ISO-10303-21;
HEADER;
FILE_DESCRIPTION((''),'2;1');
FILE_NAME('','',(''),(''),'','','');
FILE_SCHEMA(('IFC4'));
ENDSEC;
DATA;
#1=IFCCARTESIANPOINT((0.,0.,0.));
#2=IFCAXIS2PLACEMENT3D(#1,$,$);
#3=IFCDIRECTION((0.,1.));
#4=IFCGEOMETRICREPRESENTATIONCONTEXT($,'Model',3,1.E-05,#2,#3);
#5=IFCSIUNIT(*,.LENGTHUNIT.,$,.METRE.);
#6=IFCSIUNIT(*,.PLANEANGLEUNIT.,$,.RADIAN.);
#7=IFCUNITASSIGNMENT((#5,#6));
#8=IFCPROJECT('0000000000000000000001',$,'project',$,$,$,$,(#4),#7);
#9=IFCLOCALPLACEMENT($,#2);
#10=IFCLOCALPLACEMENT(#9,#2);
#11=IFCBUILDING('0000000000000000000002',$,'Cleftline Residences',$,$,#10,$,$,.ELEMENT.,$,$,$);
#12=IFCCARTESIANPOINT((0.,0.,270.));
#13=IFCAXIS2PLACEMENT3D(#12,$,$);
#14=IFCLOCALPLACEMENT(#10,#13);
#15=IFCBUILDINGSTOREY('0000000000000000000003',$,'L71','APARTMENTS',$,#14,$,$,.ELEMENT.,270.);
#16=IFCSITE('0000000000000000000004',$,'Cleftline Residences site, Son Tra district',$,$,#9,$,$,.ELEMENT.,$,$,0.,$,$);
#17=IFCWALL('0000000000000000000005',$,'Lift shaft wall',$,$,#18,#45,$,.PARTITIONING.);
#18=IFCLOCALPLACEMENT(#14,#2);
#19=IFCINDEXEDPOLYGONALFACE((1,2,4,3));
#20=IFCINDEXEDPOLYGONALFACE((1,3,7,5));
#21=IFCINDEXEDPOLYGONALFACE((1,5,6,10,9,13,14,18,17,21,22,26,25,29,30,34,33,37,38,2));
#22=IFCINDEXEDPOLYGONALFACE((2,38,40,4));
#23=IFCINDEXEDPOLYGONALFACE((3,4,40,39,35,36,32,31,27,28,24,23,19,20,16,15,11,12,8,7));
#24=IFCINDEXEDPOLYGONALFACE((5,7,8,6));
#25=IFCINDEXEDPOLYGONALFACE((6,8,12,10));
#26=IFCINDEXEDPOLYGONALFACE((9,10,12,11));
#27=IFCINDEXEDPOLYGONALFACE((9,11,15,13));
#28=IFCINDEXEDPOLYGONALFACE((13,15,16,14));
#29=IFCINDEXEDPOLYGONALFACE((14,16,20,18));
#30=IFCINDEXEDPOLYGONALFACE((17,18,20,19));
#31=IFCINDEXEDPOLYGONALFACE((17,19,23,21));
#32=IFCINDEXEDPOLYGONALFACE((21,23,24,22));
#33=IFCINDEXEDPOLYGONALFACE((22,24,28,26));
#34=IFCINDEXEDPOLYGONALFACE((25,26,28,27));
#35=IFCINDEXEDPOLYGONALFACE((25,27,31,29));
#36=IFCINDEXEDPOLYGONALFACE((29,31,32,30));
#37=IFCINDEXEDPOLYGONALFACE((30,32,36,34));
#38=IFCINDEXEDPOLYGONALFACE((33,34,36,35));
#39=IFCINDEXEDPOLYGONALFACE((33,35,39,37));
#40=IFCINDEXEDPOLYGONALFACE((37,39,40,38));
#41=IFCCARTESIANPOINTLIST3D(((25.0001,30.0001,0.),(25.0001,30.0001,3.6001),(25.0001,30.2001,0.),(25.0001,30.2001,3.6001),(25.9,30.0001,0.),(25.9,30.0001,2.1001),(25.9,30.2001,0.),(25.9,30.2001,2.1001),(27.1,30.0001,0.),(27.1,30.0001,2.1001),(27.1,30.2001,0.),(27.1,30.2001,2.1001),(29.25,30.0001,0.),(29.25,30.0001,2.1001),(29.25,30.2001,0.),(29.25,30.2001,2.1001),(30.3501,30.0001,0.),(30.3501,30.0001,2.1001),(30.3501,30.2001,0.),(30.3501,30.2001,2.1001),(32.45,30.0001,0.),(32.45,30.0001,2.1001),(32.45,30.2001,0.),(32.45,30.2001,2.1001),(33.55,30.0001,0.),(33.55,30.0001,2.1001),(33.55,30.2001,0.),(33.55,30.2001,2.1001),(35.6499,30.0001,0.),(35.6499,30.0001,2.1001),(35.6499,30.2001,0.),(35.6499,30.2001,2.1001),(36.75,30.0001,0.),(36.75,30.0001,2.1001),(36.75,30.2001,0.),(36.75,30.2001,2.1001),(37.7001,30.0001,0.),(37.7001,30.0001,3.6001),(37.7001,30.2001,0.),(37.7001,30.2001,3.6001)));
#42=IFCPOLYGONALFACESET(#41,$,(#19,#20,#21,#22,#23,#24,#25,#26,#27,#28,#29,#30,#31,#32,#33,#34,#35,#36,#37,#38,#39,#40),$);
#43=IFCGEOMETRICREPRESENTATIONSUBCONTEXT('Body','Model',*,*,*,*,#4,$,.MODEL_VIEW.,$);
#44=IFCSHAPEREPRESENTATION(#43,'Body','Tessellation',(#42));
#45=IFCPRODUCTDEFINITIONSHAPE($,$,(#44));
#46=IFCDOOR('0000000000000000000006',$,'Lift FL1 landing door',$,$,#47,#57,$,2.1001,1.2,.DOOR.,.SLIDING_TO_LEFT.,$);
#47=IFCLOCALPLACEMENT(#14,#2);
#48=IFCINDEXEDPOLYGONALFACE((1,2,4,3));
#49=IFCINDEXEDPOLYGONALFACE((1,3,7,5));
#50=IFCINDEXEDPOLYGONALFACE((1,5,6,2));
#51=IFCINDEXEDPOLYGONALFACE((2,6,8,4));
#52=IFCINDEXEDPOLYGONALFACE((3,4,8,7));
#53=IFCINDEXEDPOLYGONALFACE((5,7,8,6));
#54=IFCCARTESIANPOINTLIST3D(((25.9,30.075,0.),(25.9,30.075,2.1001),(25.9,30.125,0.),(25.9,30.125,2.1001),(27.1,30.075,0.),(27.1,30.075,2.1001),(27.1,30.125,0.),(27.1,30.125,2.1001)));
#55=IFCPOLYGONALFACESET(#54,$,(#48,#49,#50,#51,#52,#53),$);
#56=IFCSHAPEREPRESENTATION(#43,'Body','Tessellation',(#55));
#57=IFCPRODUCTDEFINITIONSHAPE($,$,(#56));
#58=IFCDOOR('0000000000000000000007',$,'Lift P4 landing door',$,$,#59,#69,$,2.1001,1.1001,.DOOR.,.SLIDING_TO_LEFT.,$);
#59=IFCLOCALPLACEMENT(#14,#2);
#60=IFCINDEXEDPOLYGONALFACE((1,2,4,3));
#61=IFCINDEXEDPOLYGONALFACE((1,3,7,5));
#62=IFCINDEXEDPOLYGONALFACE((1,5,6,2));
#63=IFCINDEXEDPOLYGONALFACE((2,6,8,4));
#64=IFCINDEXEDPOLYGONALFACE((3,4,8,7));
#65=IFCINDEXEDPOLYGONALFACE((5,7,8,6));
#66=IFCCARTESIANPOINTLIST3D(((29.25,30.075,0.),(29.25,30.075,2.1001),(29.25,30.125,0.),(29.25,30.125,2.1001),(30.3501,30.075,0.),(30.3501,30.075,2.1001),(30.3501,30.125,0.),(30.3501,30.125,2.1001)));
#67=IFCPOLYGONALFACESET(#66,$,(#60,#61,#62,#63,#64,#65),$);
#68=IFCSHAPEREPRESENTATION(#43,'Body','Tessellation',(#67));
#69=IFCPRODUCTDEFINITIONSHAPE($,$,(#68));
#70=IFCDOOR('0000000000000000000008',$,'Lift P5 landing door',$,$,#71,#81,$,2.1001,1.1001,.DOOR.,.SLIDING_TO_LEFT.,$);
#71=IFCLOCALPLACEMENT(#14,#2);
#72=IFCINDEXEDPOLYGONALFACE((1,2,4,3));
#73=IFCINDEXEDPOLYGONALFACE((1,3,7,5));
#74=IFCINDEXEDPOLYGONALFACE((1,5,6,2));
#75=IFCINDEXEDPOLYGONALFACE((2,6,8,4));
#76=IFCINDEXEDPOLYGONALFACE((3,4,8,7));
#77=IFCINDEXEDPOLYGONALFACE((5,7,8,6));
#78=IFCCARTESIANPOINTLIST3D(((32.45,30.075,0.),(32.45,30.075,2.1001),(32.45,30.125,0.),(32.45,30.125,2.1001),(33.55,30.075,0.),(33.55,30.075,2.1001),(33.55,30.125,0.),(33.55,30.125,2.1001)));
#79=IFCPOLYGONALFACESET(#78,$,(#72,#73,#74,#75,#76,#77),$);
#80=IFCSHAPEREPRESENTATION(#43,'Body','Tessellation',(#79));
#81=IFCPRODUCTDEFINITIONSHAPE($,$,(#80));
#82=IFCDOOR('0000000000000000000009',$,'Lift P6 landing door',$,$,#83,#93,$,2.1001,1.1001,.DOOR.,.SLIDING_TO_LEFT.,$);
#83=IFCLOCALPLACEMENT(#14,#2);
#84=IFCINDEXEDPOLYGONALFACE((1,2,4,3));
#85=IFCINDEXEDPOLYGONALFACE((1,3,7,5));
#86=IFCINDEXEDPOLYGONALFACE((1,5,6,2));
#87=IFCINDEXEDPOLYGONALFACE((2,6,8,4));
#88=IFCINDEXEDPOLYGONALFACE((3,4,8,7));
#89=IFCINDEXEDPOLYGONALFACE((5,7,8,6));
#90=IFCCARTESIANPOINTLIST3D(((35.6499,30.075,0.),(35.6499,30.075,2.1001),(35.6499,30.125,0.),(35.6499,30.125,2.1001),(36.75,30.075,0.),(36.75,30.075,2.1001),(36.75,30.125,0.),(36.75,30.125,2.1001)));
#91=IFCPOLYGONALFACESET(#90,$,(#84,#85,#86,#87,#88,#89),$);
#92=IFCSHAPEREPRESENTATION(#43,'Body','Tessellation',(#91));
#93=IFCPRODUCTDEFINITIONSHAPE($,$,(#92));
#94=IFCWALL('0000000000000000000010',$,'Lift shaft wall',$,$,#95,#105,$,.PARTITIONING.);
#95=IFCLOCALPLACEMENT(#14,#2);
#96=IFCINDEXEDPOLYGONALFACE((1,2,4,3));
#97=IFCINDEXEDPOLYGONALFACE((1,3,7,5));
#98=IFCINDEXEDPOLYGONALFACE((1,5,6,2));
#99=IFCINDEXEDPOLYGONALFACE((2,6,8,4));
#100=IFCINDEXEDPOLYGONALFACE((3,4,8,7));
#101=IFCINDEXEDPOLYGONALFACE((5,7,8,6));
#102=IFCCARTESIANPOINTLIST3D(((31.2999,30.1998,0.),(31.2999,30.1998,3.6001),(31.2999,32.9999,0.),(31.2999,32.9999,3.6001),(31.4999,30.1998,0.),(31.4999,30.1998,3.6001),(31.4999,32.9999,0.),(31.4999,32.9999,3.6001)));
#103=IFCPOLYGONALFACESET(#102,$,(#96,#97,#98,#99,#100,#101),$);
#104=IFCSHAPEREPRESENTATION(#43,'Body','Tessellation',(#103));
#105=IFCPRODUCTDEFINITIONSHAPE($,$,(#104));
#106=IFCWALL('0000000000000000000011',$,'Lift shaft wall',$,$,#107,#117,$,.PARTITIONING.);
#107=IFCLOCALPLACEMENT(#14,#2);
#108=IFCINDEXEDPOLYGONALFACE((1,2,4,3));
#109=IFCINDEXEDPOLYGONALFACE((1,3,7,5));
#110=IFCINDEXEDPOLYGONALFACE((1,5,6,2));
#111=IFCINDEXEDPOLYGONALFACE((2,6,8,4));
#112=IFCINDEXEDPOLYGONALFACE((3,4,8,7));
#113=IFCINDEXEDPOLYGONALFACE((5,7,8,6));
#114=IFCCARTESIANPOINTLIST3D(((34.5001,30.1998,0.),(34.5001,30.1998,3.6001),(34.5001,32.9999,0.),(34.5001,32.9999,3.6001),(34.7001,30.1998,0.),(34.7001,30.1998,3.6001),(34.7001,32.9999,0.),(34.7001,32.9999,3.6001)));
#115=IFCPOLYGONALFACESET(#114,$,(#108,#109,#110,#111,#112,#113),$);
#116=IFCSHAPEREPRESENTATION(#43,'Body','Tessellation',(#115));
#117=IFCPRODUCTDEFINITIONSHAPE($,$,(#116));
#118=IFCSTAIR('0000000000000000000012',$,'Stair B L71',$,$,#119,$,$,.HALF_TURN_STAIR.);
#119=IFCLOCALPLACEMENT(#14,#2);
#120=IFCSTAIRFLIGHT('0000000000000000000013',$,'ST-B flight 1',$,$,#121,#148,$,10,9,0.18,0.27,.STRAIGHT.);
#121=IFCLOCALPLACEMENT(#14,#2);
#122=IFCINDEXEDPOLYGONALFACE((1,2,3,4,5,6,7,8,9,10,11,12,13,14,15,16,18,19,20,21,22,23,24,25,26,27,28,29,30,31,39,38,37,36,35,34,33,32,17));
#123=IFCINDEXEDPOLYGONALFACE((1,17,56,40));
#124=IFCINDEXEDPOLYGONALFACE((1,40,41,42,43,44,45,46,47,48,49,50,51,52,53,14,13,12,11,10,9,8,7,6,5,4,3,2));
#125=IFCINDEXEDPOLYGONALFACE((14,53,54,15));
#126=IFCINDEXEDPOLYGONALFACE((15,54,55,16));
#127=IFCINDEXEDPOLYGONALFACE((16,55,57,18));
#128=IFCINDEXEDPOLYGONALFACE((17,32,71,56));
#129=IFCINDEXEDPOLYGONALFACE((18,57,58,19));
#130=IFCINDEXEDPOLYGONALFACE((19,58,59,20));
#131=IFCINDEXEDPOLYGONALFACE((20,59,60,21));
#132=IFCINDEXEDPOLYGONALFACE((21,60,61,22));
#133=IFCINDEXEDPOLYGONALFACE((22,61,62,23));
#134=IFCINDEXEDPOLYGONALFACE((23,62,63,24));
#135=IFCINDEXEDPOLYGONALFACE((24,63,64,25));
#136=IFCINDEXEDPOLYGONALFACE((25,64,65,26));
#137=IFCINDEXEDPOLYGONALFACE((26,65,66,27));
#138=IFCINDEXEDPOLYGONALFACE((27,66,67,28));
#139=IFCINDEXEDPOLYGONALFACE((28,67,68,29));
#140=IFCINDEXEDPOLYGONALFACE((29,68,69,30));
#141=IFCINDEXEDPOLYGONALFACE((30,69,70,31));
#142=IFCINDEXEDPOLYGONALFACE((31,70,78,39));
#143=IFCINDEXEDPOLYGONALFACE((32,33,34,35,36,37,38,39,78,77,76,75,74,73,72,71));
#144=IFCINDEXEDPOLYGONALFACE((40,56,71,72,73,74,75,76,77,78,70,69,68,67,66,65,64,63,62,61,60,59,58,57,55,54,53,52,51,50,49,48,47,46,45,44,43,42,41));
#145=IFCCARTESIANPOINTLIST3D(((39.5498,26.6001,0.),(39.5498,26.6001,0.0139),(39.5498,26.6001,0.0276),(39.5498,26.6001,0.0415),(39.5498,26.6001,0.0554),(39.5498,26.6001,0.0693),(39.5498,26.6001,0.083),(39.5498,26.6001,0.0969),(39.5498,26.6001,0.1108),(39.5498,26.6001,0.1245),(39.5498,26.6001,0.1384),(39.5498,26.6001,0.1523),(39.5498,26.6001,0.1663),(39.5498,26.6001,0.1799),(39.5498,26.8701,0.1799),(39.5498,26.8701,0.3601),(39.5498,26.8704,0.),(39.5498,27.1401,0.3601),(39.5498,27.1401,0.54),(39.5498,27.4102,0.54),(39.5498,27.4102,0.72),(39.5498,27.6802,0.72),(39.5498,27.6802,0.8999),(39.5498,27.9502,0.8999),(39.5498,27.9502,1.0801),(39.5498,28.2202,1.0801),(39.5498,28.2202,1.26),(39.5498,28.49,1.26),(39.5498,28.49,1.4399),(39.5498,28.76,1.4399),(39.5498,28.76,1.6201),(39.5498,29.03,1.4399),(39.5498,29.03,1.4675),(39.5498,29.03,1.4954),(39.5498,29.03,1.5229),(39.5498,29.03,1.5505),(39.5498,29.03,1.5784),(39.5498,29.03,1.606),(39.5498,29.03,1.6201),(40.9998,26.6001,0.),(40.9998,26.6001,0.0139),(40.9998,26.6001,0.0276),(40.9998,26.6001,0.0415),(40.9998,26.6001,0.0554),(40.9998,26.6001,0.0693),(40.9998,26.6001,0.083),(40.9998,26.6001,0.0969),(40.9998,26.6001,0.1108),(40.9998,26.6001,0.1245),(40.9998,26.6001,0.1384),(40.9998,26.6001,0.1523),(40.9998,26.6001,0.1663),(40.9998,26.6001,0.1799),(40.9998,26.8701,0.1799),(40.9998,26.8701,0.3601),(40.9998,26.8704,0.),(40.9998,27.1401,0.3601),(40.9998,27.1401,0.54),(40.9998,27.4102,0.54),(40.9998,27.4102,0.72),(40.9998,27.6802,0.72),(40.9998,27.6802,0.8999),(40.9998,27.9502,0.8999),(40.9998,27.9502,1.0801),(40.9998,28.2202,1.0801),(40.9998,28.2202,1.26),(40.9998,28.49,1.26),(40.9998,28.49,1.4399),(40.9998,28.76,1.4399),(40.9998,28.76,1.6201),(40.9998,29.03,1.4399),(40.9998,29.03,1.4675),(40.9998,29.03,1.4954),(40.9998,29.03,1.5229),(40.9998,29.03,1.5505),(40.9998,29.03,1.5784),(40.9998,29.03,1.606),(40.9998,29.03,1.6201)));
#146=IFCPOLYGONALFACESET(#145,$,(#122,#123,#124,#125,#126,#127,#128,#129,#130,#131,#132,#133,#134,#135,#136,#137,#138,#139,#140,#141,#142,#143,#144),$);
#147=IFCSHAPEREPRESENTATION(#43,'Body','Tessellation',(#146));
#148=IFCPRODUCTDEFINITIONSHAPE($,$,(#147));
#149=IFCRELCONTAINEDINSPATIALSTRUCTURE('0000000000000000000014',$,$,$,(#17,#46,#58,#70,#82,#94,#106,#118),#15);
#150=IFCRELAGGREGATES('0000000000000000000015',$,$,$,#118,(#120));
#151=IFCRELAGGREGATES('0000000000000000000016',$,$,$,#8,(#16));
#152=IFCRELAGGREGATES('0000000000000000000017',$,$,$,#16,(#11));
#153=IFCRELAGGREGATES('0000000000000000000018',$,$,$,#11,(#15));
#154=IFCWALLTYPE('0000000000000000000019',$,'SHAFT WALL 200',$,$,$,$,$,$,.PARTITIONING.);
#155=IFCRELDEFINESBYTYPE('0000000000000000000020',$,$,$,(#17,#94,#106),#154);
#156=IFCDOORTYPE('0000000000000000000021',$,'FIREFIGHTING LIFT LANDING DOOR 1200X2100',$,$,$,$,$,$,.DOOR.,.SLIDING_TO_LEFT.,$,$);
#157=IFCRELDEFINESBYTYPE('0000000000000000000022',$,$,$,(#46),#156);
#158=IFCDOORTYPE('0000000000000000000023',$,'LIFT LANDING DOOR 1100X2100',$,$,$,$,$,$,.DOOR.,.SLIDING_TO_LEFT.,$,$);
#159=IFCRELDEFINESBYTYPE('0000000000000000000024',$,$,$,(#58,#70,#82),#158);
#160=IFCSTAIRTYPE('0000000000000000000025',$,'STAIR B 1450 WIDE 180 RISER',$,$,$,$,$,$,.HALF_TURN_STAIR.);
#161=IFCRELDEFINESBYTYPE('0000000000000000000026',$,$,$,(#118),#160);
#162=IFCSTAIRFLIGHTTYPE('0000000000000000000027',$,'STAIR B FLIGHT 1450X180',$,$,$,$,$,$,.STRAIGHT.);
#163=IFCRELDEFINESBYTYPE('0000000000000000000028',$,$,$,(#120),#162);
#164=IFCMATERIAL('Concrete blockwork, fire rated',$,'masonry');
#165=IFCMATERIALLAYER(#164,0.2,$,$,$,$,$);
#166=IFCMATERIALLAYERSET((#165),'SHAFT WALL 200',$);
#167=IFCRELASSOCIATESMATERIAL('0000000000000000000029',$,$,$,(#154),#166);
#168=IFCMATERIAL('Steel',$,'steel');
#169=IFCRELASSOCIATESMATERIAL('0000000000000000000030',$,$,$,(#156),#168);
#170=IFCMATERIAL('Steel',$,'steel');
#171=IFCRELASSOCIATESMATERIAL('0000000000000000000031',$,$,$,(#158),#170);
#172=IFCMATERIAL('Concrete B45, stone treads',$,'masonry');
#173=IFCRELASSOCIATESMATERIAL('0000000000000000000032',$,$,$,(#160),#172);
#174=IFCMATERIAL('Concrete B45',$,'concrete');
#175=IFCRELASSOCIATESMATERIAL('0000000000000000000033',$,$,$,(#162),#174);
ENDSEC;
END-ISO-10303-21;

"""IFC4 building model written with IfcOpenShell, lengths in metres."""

from ifc_helpers import new_model, si_unit, direction, frame, frame_2d, origin, place, context, subcontext, project, spatial, polyline, rectangle, outline, extrude, material, layer, layer_set, type_object, element, fill, aggregate, save


model = new_model("IFC4")

# Units and contexts
model_context = context("Model", 3, precision=1e-05, world=origin(), true_north=direction((0.0, 1.0)))
body_context = subcontext(model_context, "Body", "Model", "MODEL_VIEW")
ifc_project = project(units=[si_unit("LENGTHUNIT", "METRE"), si_unit("PLANEANGLEUNIT", "RADIAN")], contexts=[model_context])

# Site, building, storey
site_placement = place(None, origin())
site = spatial("IfcSite", under=ifc_project, at=site_placement, Name="Cleftline Residences site, Son Tra district", CompositionType="ELEMENT", RefElevation=0.0)
building_placement = place(site_placement, origin())
building = spatial("IfcBuilding", under=site, at=building_placement, Name="Cleftline Residences", CompositionType="ELEMENT")
storey_placement = place(building_placement, frame((0.0, 0.0, 270.0)))
storey = spatial("IfcBuildingStorey", under=building, at=storey_placement, Name="L71", Description="APARTMENTS", CompositionType="ELEMENT", Elevation=270.0)

# Wall, openings, doors
ifc_material_1 = material(Name="Concrete blockwork, fire rated", Category="masonry")
ifc_layer_1 = layer(ifc_material_1, 0.2)
ifc_layer_set_1 = layer_set([ifc_layer_1], Name="SHAFT WALL 200")
wall_type_1 = type_object("IfcWallType", Name="SHAFT WALL 200", PredefinedType="PARTITIONING", material=ifc_layer_set_1)
wall_1_placement = place(storey_placement, frame((25.0, 30.1001, 0.0), z_axis=(0.0, 0.0, 1.0), x_axis=(1.0, 0.0, 0.0)))
wall_1 = element("IfcWall", 1, at=wall_1_placement, inside=storey, type_object=wall_type_1, Name="Lift shaft wall", PredefinedType="PARTITIONING", context=body_context, shape_type="SweptSolid", body=[
    extrude(rectangle(XDim=12.7, YDim=0.2, at=frame_2d((6.3501, 0.0))), origin(), (0.0, 0.0, 1.0), 3.6001),
])
opening_1_placement = place(wall_1_placement, frame((4.25, 0.0, 0.0)))
opening_1 = element("IfcOpeningElement", 2, at=opening_1_placement, cuts=wall_1, PredefinedType="OPENING", context=body_context, shape_type="SweptSolid", body=[
    extrude(rectangle(XDim=1.1001, YDim=2.1001, at=frame_2d((0.55, 1.05))), frame((0.0, 0.1099, 0.0), z_axis=(0.0, -1.0, 0.0), x_axis=(1.0, 0.0, 0.0)), (0.0, 0.0, 1.0), 0.22),
])
opening_2_placement = place(wall_1_placement, frame((7.45, 0.0, 0.0)))
opening_2 = element("IfcOpeningElement", 3, at=opening_2_placement, cuts=wall_1, PredefinedType="OPENING", context=body_context, shape_type="SweptSolid", body=[
    extrude(rectangle(XDim=1.1001, YDim=2.1001, at=frame_2d((0.55, 1.05))), frame((0.0, 0.1099, 0.0), z_axis=(0.0, -1.0, 0.0), x_axis=(1.0, 0.0, 0.0)), (0.0, 0.0, 1.0), 0.22),
])
opening_3_placement = place(wall_1_placement, frame((10.6499, 0.0, 0.0)))
opening_3 = element("IfcOpeningElement", 4, at=opening_3_placement, cuts=wall_1, PredefinedType="OPENING", context=body_context, shape_type="SweptSolid", body=[
    extrude(rectangle(XDim=1.1001, YDim=2.1001, at=frame_2d((0.55, 1.05))), frame((0.0, 0.1099, 0.0), z_axis=(0.0, -1.0, 0.0), x_axis=(1.0, 0.0, 0.0)), (0.0, 0.0, 1.0), 0.22),
])
opening_4_placement = place(wall_1_placement, frame((0.8999, 0.0, 0.0)))
opening_4 = element("IfcOpeningElement", 5, at=opening_4_placement, cuts=wall_1, PredefinedType="OPENING", context=body_context, shape_type="SweptSolid", body=[
    extrude(rectangle(XDim=1.2, YDim=2.1001, at=frame_2d((0.6001, 1.05))), frame((0.0, 0.1099, 0.0), z_axis=(0.0, -1.0, 0.0), x_axis=(1.0, 0.0, 0.0)), (0.0, 0.0, 1.0), 0.22),
])
ifc_material_2 = material(Name="Steel", Category="steel")
door_type_1 = type_object("IfcDoorType", Name="FIREFIGHTING LIFT LANDING DOOR 1200X2100", OperationType="SLIDING_TO_LEFT", PredefinedType="DOOR", material=ifc_material_2)
door_1_placement = place(opening_4_placement, origin())
door_1 = element("IfcDoor", 6, at=door_1_placement, inside=storey, type_object=door_type_1, Name="Lift FL1 landing door", OperationType="SLIDING_TO_LEFT", OverallHeight=2.1001, OverallWidth=1.2, PredefinedType="DOOR", context=body_context, shape_type="SweptSolid", body=[
    extrude(rectangle(XDim=1.2, YDim=2.1001, at=frame_2d((0.6001, 1.05))), frame((0.0, 0.0249, 0.0), z_axis=(0.0, -1.0, 0.0), x_axis=(1.0, 0.0, 0.0)), (0.0, 0.0, 1.0), 0.05),
])
fill(opening_4, door_1)
ifc_material_3 = material(Name="Steel", Category="steel")
door_type_2 = type_object("IfcDoorType", Name="LIFT LANDING DOOR 1100X2100", OperationType="SLIDING_TO_LEFT", PredefinedType="DOOR", material=ifc_material_3)
door_2_placement = place(opening_1_placement, origin())
door_2 = element("IfcDoor", 7, at=door_2_placement, inside=storey, type_object=door_type_2, Name="Lift P4 landing door", OperationType="SLIDING_TO_LEFT", OverallHeight=2.1001, OverallWidth=1.1001, PredefinedType="DOOR", context=body_context, shape_type="SweptSolid", body=[
    extrude(rectangle(XDim=1.1001, YDim=2.1001, at=frame_2d((0.55, 1.05))), frame((0.0, 0.0249, 0.0), z_axis=(0.0, -1.0, 0.0), x_axis=(1.0, 0.0, 0.0)), (0.0, 0.0, 1.0), 0.05),
])
fill(opening_1, door_2)
door_3_placement = place(opening_2_placement, origin())
door_3 = element("IfcDoor", 8, at=door_3_placement, inside=storey, type_object=door_type_2, Name="Lift P5 landing door", OperationType="SLIDING_TO_LEFT", OverallHeight=2.1001, OverallWidth=1.1001, PredefinedType="DOOR", context=body_context, shape_type="SweptSolid", body=[
    extrude(rectangle(XDim=1.1001, YDim=2.1001, at=frame_2d((0.55, 1.05))), frame((0.0, 0.0249, 0.0), z_axis=(0.0, -1.0, 0.0), x_axis=(1.0, 0.0, 0.0)), (0.0, 0.0, 1.0), 0.05),
])
fill(opening_2, door_3)
door_4_placement = place(opening_3_placement, origin())
door_4 = element("IfcDoor", 9, at=door_4_placement, inside=storey, type_object=door_type_2, Name="Lift P6 landing door", OperationType="SLIDING_TO_LEFT", OverallHeight=2.1001, OverallWidth=1.1001, PredefinedType="DOOR", context=body_context, shape_type="SweptSolid", body=[
    extrude(rectangle(XDim=1.1001, YDim=2.1001, at=frame_2d((0.55, 1.05))), frame((0.0, 0.0249, 0.0), z_axis=(0.0, -1.0, 0.0), x_axis=(1.0, 0.0, 0.0)), (0.0, 0.0, 1.0), 0.05),
])
fill(opening_3, door_4)

# Walls
for number, where, z_axis, x_axis, name in (
    (10, (31.3999, 30.2, 0.0), (0.0, 0.0, 1.0), (0.0, 1.0, 0.0), "Lift shaft wall"),
    (11, (34.6001, 30.2, 0.0), (0.0, 0.0, 1.0), (0.0, 1.0, 0.0), "Lift shaft wall"),
):
    element("IfcWall", number, at=place(storey_placement, frame(where, z_axis=z_axis, x_axis=x_axis)), inside=storey, type_object=wall_type_1, Name=name, PredefinedType="PARTITIONING", context=body_context, shape_type="SweptSolid", body=[
        extrude(rectangle(XDim=2.8, YDim=0.2, at=frame_2d((1.3999, 0.0))), origin(), (0.0, 0.0, 1.0), 3.6001),
    ])

# Stair, stair flight
ifc_material_4 = material(Name="Concrete B45, stone treads", Category="masonry")
stair_type = type_object("IfcStairType", Name="STAIR B 1450 WIDE 180 RISER", PredefinedType="HALF_TURN_STAIR", material=ifc_material_4)
stair_placement = place(storey_placement, origin())
stair = element("IfcStair", 12, at=stair_placement, inside=storey, type_object=stair_type, Name="Stair B L71", PredefinedType="HALF_TURN_STAIR")
ifc_material_5 = material(Name="Concrete B45", Category="concrete")
stair_flight_type = type_object("IfcStairFlightType", Name="STAIR B FLIGHT 1450X180", PredefinedType="STRAIGHT", material=ifc_material_5)
stair_flight_1_placement = place(storey_placement, frame((40.2749, 26.6001, 0.0), z_axis=(0.0, 0.0, 1.0), x_axis=(0.0, 1.0, 0.0)))
stair_flight_1 = element("IfcStairFlight", 13, at=stair_flight_1_placement, type_object=stair_flight_type, Name="ST-B flight 1", NumberOfRisers=10, NumberOfTreads=9, PredefinedType="STRAIGHT", RiserHeight=0.18, TreadLength=0.27, context=body_context, shape_type="SweptSolid", body=[
    extrude(outline(polyline([(0.0, 0.0), (0.0, 0.0139), (0.0, 0.0276), (0.0, 0.0415), (0.0, 0.0554), (0.0, 0.0693), (0.0, 0.083), (0.0, 0.0969), (0.0, 0.1108), (0.0, 0.1245), (0.0, 0.1384), (0.0, 0.1523), (0.0, 0.1663), (0.0, 0.1799), (0.27, 0.1799), (0.27, 0.3601), (0.54, 0.3601), (0.54, 0.54), (0.8101, 0.54), (0.8101, 0.72), (1.0801, 0.72), (1.0801, 0.8999), (1.3501, 0.8999), (1.3501, 1.0801), (1.6201, 1.0801), (1.6201, 1.26), (1.8899, 1.26), (1.8899, 1.4399), (2.1599, 1.4399), (2.1599, 1.6201), (2.4299, 1.6201), (2.4299, 1.8), (2.4299, 1.7722), (2.4299, 1.7446), (2.4299, 1.7168), (2.4299, 1.6892), (2.4299, 1.6614), (2.4299, 1.6338), (2.4299, 1.606), (2.4299, 1.5784), (2.4299, 1.5505), (2.4299, 1.5229), (2.4299, 1.4954), (2.4299, 1.4675), (2.4299, 1.4399), (0.2703, 0.0), (0.0, 0.0)])), frame((0.0, 0.7251, 0.0), z_axis=(0.0, -1.0, 0.0), x_axis=(1.0, 0.0, 0.0)), (0.0, 0.0, 1.0), 1.45),
])
aggregate(stair, [stair_flight_1])

save(model, "model.ifc")
